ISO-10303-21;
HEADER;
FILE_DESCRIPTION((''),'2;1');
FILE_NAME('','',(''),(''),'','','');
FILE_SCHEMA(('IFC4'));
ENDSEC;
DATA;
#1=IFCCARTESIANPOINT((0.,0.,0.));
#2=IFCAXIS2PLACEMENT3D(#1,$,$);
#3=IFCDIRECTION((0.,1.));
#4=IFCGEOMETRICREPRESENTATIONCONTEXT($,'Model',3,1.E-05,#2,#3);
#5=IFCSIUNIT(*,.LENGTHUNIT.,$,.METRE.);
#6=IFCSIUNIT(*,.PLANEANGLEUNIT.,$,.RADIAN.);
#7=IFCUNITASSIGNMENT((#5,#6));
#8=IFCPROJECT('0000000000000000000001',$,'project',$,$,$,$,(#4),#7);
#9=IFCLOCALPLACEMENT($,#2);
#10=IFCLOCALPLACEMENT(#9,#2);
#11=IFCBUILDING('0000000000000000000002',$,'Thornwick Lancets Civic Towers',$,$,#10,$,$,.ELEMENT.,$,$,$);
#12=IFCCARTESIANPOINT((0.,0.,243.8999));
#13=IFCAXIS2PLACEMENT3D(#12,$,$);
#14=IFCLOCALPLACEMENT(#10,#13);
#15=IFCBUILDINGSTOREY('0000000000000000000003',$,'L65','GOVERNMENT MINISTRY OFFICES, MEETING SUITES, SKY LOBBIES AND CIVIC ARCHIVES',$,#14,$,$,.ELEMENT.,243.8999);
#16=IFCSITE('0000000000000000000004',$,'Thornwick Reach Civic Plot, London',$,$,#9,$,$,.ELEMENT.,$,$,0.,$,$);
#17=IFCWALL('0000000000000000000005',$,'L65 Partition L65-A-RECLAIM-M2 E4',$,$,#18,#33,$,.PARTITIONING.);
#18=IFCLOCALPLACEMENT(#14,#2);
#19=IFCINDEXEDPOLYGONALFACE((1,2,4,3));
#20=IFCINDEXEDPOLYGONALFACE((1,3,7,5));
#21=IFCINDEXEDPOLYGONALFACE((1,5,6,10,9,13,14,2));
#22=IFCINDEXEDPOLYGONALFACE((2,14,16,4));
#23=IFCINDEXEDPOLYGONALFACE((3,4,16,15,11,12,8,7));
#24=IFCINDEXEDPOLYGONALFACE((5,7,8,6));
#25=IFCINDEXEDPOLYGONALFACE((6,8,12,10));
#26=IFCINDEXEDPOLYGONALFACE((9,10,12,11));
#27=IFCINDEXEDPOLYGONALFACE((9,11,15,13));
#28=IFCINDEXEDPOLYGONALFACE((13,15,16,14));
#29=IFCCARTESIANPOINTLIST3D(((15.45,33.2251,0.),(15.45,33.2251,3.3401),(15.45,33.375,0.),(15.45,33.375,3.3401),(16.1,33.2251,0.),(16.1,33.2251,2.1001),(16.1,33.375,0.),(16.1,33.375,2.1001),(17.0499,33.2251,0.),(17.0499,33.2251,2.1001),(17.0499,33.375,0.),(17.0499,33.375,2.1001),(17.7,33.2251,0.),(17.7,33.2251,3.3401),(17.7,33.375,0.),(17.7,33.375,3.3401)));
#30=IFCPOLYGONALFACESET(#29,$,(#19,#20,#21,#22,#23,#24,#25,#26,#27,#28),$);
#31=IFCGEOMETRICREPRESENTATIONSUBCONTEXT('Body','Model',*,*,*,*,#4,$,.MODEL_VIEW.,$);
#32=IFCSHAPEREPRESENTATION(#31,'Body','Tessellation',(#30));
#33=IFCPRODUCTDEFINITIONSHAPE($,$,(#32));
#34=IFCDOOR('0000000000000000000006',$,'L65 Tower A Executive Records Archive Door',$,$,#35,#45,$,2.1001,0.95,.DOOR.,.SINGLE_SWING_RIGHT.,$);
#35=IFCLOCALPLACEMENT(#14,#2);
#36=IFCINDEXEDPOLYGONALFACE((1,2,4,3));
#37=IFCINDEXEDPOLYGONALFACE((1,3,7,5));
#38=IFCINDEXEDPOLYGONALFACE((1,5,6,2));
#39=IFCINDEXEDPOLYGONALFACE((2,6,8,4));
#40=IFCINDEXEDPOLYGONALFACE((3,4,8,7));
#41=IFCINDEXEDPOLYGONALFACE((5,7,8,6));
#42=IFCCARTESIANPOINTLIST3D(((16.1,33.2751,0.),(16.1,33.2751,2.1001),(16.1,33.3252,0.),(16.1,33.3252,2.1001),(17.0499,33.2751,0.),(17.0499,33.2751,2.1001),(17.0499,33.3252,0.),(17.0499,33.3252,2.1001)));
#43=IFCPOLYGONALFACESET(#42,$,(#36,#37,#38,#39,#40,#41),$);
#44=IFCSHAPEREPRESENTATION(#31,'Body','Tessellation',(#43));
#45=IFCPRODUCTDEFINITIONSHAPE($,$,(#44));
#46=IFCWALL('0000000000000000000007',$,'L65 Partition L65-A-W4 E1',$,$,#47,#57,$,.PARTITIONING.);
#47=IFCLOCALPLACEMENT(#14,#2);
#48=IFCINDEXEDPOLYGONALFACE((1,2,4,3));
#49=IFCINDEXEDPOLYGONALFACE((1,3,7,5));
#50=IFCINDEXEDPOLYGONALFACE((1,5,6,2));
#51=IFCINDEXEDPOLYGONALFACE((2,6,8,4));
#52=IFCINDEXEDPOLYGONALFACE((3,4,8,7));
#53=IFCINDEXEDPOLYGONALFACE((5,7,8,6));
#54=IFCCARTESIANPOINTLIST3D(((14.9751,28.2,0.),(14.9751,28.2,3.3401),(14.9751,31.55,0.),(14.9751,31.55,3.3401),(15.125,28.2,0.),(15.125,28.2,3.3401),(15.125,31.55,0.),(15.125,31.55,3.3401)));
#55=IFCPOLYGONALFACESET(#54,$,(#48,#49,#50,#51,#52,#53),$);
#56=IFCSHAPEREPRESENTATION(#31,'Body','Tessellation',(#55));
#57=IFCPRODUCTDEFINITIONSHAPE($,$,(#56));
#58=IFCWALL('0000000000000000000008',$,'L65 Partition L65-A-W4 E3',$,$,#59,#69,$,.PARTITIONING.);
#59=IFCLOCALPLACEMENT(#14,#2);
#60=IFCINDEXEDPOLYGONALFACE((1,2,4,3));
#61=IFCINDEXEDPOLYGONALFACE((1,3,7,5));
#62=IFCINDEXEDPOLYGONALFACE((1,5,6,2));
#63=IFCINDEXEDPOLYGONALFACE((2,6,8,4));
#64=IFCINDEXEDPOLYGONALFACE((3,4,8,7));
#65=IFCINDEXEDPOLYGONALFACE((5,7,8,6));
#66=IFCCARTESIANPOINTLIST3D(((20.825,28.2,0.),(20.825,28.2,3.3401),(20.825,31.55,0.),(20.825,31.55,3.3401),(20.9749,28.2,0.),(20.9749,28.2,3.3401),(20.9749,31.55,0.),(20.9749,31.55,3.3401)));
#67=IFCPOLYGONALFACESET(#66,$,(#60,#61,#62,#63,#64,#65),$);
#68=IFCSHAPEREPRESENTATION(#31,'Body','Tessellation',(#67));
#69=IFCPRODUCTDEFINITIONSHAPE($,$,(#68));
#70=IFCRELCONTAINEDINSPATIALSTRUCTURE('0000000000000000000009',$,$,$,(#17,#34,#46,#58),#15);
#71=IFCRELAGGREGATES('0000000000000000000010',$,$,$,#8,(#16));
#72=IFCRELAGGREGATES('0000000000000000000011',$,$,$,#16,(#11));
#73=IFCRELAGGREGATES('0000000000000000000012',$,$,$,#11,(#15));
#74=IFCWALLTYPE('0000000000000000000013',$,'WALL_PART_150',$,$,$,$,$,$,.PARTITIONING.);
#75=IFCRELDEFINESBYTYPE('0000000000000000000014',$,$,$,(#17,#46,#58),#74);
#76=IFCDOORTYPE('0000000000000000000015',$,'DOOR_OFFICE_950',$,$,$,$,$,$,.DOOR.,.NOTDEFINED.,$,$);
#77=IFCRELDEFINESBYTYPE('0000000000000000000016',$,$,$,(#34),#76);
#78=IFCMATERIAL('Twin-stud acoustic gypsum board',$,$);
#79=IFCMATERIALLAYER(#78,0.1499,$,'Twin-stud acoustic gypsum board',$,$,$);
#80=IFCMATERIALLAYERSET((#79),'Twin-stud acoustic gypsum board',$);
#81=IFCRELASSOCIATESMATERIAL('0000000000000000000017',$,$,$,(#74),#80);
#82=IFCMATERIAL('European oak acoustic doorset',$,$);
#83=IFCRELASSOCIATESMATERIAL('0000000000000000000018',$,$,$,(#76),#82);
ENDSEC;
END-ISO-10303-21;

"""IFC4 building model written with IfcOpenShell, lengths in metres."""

from ifc_helpers import new_model, si_unit, direction, frame, frame_2d, origin, place, context, subcontext, project, spatial, rectangle, extrude, material, layer, layer_set, type_object, element, fill, save


model = new_model("IFC4")

# Units and contexts
model_context = context("Model", 3, precision=1e-05, world=origin(), true_north=direction((0.0, 1.0)))
body_context = subcontext(model_context, "Body", "Model", "MODEL_VIEW")
ifc_project = project(units=[si_unit("LENGTHUNIT", "METRE"), si_unit("PLANEANGLEUNIT", "RADIAN")], contexts=[model_context])

# Site, building, storey
site_placement = place(None, origin())
site = spatial("IfcSite", under=ifc_project, at=site_placement, Name="Thornwick Reach Civic Plot, London", CompositionType="ELEMENT", RefElevation=0.0)
building_placement = place(site_placement, origin())
building = spatial("IfcBuilding", under=site, at=building_placement, Name="Thornwick Lancets Civic Towers", CompositionType="ELEMENT")
storey_placement = place(building_placement, frame((0.0, 0.0, 243.8999)))
storey = spatial("IfcBuildingStorey", under=building, at=storey_placement, Name="L65", Description="GOVERNMENT MINISTRY OFFICES, MEETING SUITES, SKY LOBBIES AND CIVIC ARCHIVES", CompositionType="ELEMENT", Elevation=243.8999)

# Wall, opening, door
ifc_material_1 = material(Name="Twin-stud acoustic gypsum board")
ifc_layer_1 = layer(ifc_material_1, 0.1499, Name="Twin-stud acoustic gypsum board")
ifc_layer_set_1 = layer_set([ifc_layer_1], Name="Twin-stud acoustic gypsum board")
wall_type_1 = type_object("IfcWallType", Name="WALL_PART_150", PredefinedType="PARTITIONING", material=ifc_layer_set_1)
wall_1_placement = place(storey_placement, frame((17.7, 33.3, 0.0), z_axis=(0.0, 0.0, 1.0), x_axis=(-1.0, 0.0, 0.0)))
wall_1 = element("IfcWall", 1, at=wall_1_placement, inside=storey, type_object=wall_type_1, Name="L65 Partition L65-A-RECLAIM-M2 E4", PredefinedType="PARTITIONING", context=body_context, shape_type="SweptSolid", body=[
    extrude(rectangle(XDim=2.25, YDim=0.1499, at=frame_2d((1.125, 0.0))), origin(), (0.0, 0.0, 1.0), 3.3401),
])
opening_1_placement = place(wall_1_placement, frame((0.6499, 0.0, 0.0)))
opening_1 = element("IfcOpeningElement", 2, at=opening_1_placement, cuts=wall_1, PredefinedType="OPENING", context=body_context, shape_type="SweptSolid", body=[
    extrude(rectangle(XDim=0.95, YDim=2.1001, at=frame_2d((0.4751, 1.05))), frame((0.0, 0.085, 0.0), z_axis=(0.0, -1.0, 0.0), x_axis=(1.0, 0.0, 0.0)), (0.0, 0.0, 1.0), 0.1699),
])
ifc_material_2 = material(Name="European oak acoustic doorset")
door_type_1 = type_object("IfcDoorType", Name="DOOR_OFFICE_950", OperationType="NOTDEFINED", PredefinedType="DOOR", material=ifc_material_2)
door_1_placement = place(opening_1_placement, origin())
door_1 = element("IfcDoor", 3, at=door_1_placement, inside=storey, type_object=door_type_1, Name="L65 Tower A Executive Records Archive Door", OperationType="SINGLE_SWING_RIGHT", OverallHeight=2.1001, OverallWidth=0.95, PredefinedType="DOOR", context=body_context, shape_type="SweptSolid", body=[
    extrude(rectangle(XDim=0.95, YDim=2.1001, at=frame_2d((0.4751, 1.05))), frame((0.0, 0.0249, 0.0), z_axis=(0.0, -1.0, 0.0), x_axis=(1.0, 0.0, 0.0)), (0.0, 0.0, 1.0), 0.05),
])
fill(opening_1, door_1)

# Wall
wall_2_placement = place(storey_placement, frame((15.05, 28.2, 0.0), z_axis=(0.0, 0.0, 1.0), x_axis=(0.0, 1.0, 0.0)))
element("IfcWall", 4, at=wall_2_placement, inside=storey, type_object=wall_type_1, Name="L65 Partition L65-A-W4 E1", PredefinedType="PARTITIONING", context=body_context, shape_type="SweptSolid", body=[
    extrude(rectangle(XDim=3.3501, YDim=0.1499, at=frame_2d((1.675, 0.0))), origin(), (0.0, 0.0, 1.0), 3.3401),
])

# Wall
wall_3_placement = place(storey_placement, frame((20.8999, 31.55, 0.0), z_axis=(0.0, 0.0, 1.0), x_axis=(0.0, -1.0, 0.0)))
element("IfcWall", 5, at=wall_3_placement, inside=storey, type_object=wall_type_1, Name="L65 Partition L65-A-W4 E3", PredefinedType="PARTITIONING", context=body_context, shape_type="SweptSolid", body=[
    extrude(rectangle(XDim=3.3501, YDim=0.1499, at=frame_2d((1.675, 0.0))), origin(), (0.0, 0.0, 1.0), 3.3401),
])

save(model, "model.ifc")
